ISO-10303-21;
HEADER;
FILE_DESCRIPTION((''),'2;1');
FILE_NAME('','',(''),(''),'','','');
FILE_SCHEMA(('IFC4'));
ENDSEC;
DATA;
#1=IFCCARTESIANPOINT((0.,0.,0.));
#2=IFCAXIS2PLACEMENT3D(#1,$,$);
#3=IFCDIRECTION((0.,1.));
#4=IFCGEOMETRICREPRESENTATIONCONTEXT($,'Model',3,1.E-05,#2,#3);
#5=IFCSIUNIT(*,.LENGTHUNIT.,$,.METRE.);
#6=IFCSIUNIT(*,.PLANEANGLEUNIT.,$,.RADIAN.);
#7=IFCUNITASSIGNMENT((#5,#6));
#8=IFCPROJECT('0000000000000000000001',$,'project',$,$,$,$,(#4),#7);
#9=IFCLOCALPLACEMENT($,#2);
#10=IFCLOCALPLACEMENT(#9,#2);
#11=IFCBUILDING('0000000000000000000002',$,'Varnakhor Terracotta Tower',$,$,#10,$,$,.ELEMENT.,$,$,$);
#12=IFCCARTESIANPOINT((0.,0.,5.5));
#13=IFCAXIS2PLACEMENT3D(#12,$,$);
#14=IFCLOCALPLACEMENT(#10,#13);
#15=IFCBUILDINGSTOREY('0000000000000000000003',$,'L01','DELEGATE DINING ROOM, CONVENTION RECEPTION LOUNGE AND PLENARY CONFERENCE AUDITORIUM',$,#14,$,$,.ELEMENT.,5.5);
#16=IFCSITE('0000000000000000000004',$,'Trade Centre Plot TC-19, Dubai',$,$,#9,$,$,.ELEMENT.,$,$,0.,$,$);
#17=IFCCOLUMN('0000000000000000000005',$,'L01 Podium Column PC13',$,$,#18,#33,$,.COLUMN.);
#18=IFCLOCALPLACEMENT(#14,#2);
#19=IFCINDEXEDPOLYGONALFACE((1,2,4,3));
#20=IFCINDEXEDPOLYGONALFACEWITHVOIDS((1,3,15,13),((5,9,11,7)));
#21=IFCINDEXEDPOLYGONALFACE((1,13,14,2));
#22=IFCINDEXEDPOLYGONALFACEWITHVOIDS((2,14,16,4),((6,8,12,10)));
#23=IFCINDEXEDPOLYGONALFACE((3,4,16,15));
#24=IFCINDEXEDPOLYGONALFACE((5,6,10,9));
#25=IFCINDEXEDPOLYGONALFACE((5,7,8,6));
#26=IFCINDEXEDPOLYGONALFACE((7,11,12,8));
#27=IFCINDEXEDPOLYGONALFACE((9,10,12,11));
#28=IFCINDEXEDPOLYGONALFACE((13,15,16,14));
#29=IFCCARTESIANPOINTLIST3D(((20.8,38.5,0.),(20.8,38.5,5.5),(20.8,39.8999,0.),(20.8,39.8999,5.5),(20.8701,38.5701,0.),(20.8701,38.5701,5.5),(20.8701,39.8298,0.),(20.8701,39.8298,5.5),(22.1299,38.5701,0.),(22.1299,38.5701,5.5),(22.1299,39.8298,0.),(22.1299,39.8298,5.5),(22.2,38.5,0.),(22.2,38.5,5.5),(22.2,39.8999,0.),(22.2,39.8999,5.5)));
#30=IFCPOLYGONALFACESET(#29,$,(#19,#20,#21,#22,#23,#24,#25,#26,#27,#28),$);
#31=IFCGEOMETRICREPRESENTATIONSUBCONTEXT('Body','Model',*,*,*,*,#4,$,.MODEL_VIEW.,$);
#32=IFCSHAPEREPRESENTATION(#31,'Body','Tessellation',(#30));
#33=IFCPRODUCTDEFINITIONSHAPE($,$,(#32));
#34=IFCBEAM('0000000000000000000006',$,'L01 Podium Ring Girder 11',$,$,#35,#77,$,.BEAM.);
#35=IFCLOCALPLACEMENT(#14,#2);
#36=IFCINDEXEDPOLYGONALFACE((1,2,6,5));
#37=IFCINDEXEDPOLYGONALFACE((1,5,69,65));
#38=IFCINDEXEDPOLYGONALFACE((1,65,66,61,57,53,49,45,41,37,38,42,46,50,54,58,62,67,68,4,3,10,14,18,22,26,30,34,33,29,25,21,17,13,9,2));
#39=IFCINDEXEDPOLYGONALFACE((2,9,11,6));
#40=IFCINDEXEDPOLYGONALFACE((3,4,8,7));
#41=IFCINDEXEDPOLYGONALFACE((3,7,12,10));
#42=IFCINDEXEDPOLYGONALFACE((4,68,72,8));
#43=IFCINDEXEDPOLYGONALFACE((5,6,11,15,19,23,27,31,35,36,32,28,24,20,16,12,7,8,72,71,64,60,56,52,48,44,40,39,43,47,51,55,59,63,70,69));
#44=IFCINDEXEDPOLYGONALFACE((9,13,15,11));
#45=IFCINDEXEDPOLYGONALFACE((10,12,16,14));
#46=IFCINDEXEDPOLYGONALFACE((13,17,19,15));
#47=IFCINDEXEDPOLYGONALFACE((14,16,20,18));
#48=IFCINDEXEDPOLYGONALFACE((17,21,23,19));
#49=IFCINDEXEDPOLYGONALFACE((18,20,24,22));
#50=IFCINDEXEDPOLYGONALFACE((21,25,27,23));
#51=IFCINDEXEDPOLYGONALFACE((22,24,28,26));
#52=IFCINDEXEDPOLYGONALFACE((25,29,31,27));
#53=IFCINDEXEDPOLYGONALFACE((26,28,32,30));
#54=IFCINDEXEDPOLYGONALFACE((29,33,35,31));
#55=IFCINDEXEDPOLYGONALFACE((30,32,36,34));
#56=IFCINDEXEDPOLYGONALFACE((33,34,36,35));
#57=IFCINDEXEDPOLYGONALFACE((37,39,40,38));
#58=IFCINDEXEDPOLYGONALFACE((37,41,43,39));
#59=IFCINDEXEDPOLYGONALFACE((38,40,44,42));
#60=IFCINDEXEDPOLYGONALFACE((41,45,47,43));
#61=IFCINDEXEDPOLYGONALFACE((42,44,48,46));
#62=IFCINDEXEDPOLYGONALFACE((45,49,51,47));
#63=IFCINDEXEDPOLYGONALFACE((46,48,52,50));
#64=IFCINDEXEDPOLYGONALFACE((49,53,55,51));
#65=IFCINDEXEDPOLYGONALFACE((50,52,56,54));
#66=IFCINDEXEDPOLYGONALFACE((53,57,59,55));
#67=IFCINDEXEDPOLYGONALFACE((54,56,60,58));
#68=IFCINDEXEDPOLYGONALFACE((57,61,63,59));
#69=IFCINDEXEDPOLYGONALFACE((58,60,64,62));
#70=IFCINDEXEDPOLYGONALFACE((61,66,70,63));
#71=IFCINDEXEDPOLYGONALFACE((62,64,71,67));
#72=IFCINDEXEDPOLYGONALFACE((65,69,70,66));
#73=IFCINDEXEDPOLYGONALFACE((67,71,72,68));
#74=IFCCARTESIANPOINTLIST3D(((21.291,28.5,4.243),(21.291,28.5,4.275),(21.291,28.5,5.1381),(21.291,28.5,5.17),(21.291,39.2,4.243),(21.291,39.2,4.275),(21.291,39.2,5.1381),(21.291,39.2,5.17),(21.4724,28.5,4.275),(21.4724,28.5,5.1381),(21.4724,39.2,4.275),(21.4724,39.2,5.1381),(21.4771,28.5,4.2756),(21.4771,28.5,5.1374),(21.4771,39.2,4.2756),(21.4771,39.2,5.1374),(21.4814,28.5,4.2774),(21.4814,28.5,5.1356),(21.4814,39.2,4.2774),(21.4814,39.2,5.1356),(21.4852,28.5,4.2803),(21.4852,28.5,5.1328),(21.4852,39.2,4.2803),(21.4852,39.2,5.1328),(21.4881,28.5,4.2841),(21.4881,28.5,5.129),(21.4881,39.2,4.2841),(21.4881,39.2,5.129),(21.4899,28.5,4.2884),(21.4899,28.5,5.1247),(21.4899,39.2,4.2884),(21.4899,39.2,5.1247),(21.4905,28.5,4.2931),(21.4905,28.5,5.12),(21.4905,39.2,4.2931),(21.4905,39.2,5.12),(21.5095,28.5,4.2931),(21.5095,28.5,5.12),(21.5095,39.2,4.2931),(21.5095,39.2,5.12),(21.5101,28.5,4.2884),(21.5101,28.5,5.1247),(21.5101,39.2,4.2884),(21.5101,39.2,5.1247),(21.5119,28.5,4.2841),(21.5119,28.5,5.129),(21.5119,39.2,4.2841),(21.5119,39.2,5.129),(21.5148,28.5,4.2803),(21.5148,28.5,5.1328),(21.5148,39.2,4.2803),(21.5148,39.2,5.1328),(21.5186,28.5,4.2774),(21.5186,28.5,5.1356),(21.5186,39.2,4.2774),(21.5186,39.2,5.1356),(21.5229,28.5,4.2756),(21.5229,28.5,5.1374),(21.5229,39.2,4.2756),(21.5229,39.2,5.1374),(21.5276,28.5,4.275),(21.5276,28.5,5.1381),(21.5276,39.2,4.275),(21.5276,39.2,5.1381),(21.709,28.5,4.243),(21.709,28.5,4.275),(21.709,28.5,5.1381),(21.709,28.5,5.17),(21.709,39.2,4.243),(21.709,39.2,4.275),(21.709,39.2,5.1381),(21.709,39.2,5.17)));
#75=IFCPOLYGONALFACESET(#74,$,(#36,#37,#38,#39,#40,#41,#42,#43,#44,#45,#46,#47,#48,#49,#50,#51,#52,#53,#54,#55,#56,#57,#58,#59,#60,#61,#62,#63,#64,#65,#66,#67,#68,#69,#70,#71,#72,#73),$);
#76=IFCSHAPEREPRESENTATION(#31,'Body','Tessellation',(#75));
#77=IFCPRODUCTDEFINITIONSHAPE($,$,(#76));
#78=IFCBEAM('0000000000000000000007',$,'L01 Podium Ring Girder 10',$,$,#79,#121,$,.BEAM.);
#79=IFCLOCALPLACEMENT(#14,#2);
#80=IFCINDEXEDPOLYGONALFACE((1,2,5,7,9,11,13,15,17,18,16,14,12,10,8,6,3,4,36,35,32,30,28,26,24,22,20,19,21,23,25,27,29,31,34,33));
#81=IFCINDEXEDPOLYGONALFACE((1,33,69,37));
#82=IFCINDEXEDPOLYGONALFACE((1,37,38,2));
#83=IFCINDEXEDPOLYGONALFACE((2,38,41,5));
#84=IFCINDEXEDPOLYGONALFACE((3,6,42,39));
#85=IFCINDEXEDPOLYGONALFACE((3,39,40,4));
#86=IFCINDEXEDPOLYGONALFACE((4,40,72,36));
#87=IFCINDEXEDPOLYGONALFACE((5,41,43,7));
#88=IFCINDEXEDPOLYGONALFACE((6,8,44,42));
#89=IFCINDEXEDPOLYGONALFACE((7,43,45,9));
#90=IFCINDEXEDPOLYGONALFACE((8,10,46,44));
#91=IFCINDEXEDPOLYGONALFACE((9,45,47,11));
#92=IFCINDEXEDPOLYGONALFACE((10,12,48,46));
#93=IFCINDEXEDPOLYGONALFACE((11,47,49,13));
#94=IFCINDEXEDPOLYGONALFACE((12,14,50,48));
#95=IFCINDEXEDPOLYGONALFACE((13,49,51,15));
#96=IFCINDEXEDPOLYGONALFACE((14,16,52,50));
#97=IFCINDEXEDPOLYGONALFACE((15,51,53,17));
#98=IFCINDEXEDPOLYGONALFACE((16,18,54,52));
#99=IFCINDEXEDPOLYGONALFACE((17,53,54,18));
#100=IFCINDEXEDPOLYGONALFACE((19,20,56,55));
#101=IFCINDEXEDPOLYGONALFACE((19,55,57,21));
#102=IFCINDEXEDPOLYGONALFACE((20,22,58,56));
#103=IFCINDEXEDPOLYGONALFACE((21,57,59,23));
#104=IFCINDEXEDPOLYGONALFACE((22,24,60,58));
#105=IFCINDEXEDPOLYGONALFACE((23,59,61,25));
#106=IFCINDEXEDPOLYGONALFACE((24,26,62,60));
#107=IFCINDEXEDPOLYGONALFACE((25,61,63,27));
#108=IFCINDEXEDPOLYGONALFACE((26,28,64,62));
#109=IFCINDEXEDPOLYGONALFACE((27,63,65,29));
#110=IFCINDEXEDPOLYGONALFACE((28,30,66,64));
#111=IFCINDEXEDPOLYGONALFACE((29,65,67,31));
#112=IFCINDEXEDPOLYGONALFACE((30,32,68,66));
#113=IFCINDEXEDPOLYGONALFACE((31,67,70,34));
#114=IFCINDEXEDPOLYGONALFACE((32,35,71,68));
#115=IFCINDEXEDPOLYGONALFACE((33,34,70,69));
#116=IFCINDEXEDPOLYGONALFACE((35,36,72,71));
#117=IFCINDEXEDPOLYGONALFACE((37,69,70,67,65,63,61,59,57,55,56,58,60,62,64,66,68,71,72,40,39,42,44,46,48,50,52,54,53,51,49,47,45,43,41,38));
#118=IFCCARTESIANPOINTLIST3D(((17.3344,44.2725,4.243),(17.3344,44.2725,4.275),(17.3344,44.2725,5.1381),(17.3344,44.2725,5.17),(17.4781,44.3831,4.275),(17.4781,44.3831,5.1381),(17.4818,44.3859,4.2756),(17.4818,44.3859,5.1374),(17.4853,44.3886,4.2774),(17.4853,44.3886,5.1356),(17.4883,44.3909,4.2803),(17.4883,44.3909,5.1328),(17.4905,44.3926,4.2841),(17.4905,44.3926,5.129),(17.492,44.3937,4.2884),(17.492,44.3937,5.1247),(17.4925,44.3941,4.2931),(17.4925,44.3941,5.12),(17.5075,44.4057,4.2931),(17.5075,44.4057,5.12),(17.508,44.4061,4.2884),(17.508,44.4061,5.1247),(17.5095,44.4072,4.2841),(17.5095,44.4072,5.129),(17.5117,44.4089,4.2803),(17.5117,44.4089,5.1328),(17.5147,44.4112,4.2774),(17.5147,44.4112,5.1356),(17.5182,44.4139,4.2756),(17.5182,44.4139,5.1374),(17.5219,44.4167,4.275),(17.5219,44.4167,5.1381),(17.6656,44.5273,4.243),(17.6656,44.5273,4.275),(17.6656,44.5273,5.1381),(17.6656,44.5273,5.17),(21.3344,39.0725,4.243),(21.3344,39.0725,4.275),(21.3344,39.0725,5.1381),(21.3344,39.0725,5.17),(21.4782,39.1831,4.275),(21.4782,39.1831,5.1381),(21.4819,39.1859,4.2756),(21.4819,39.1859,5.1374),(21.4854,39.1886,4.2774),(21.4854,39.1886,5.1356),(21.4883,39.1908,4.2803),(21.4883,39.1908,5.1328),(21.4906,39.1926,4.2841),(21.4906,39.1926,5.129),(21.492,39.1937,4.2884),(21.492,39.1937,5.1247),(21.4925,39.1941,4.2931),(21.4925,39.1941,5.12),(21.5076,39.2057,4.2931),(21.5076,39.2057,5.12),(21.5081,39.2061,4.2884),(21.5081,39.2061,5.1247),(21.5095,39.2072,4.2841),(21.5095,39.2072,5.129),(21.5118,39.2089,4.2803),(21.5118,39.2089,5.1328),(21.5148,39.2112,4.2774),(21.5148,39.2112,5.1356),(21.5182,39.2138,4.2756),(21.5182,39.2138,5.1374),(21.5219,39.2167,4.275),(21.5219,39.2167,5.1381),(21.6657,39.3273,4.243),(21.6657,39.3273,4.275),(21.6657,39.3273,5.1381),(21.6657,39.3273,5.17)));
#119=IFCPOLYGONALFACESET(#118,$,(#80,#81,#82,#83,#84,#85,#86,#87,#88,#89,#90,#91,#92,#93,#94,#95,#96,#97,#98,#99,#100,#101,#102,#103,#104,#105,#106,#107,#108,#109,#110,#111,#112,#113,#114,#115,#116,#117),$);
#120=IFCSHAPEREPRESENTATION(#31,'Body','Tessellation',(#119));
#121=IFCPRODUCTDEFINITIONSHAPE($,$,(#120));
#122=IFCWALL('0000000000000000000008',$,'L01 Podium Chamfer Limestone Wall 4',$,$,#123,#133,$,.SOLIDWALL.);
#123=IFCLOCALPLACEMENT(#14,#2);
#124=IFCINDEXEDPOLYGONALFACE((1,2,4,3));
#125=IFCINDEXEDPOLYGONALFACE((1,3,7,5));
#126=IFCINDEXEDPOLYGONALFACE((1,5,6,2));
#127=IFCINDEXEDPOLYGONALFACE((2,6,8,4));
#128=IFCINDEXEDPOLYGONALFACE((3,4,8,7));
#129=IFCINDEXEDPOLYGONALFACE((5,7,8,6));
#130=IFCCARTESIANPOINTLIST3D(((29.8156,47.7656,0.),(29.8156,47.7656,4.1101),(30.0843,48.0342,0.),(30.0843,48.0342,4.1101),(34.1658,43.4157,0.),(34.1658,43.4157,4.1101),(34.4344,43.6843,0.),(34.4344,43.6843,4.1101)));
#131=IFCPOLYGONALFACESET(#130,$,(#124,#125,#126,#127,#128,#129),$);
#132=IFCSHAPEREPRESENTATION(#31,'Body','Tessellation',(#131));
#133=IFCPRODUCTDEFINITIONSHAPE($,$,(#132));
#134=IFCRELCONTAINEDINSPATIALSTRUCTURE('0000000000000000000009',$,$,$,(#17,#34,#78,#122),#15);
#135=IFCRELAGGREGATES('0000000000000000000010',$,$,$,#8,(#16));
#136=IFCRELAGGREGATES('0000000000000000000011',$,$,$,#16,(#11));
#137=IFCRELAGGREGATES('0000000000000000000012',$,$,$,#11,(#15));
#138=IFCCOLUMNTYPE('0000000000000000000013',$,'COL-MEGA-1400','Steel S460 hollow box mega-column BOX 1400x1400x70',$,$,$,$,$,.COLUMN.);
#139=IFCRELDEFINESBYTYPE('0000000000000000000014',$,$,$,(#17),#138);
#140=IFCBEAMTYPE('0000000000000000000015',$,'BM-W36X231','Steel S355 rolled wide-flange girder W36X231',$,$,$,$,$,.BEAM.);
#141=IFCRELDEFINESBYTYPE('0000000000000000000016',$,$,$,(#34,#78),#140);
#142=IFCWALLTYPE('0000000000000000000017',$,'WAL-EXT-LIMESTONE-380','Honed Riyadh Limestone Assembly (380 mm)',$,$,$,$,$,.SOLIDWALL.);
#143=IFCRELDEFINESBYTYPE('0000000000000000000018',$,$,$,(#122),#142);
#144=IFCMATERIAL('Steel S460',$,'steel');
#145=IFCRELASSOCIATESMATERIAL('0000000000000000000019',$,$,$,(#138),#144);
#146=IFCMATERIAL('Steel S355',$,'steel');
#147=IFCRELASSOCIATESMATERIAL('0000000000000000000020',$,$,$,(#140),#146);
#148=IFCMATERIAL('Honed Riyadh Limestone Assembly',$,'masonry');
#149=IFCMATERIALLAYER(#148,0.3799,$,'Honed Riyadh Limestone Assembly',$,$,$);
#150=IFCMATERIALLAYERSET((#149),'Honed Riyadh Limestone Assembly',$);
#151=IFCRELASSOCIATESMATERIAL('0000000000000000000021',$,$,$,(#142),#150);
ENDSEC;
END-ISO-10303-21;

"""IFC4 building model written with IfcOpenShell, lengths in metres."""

from ifc_helpers import new_model, si_unit, direction, frame, frame_2d, origin, origin_2d, place, context, subcontext, project, spatial, rectangle, hollow_rectangle, i_section, extrude, source, transform, mapped, material, layer, layer_set, material_profile, profile_set, type_object, element, save


model = new_model("IFC4")

# Units and contexts
model_context = context("Model", 3, precision=1e-05, world=origin(), true_north=direction((0.0, 1.0)))
body_context = subcontext(model_context, "Body", "Model", "MODEL_VIEW")
ifc_project = project(units=[si_unit("LENGTHUNIT", "METRE"), si_unit("PLANEANGLEUNIT", "RADIAN")], contexts=[model_context])

# Site, building, storey
site_placement = place(None, origin())
site = spatial("IfcSite", under=ifc_project, at=site_placement, Name="Trade Centre Plot TC-19, Dubai", CompositionType="ELEMENT", RefElevation=0.0)
building_placement = place(site_placement, origin())
building = spatial("IfcBuilding", under=site, at=building_placement, Name="Varnakhor Terracotta Tower", CompositionType="ELEMENT")
storey_placement = place(building_placement, frame((0.0, 0.0, 5.5)))
storey = spatial("IfcBuildingStorey", under=building, at=storey_placement, Name="L01", Description="DELEGATE DINING ROOM, CONVENTION RECEPTION LOUNGE AND PLENARY CONFERENCE AUDITORIUM", CompositionType="ELEMENT", Elevation=5.5)

# Column
ifc_material_1 = material(Name="Steel S460", Category="steel")
ifc_material_profile_1 = material_profile(ifc_material_1, hollow_rectangle(XDim=1.3999, YDim=1.3999, WallThickness=0.0701, at=origin_2d()), Name="BOX 1400x1400x70")
ifc_profile_set_1 = profile_set([ifc_material_profile_1], Name="Steel S460")
column_type = type_object("IfcColumnType", Name="COL-MEGA-1400", Description="Steel S460 hollow box mega-column BOX 1400x1400x70", PredefinedType="COLUMN", material=ifc_profile_set_1)
shared_shape_1 = source(origin(), body_context, "Body", "SweptSolid", [
    extrude(hollow_rectangle(XDim=1.3999, YDim=1.3999, WallThickness=0.0701, at=origin_2d()), origin(), (0.0, 0.0, 1.0), 5.5),
])
column_placement = place(storey_placement, frame((21.5, 39.2, 0.0), z_axis=(0.0, 0.0, 1.0), x_axis=(1.0, 0.0, 0.0)))
element("IfcColumn", 1, at=column_placement, inside=storey, type_object=column_type, Name="L01 Podium Column PC13", PredefinedType="COLUMN", context=body_context, shape_type="MappedRepresentation", body=[
    mapped(shared_shape_1, transform((0.0, 0.0, 0.0), scale=1.0)),
])

# Beams
ifc_material_2 = material(Name="Steel S355", Category="steel")
ifc_material_profile_2 = material_profile(ifc_material_2, i_section(OverallWidth=0.418, OverallDepth=0.927, WebThickness=0.019, FlangeThickness=0.032, FilletRadius=0.0181, at=origin_2d()), Name="W36X231")
ifc_profile_set_2 = profile_set([ifc_material_profile_2], Name="Steel S355")
beam_type = type_object("IfcBeamType", Name="BM-W36X231", Description="Steel S355 rolled wide-flange girder W36X231", PredefinedType="BEAM", material=ifc_profile_set_2)
shared_shape_2 = source(origin(), body_context, "Body", "SweptSolid", [
    extrude(i_section(OverallWidth=0.418, OverallDepth=0.927, WebThickness=0.019, FlangeThickness=0.032, FilletRadius=0.0181, at=origin_2d()), origin(), (0.0, 0.0, 1.0), 10.7),
])
beam_1_placement = place(storey_placement, frame((21.5, 39.2, 4.7065), z_axis=(0.0, -1.0, 0.0), x_axis=(1.0, 0.0, 0.0)))
element("IfcBeam", 2, at=beam_1_placement, inside=storey, type_object=beam_type, Name="L01 Podium Ring Girder 11", PredefinedType="BEAM", context=body_context, shape_type="MappedRepresentation", body=[
    mapped(shared_shape_2, transform((0.0, 0.0, 0.0), scale=1.0)),
])
shared_shape_3 = source(origin(), body_context, "Body", "SweptSolid", [
    extrude(i_section(OverallWidth=0.418, OverallDepth=0.927, WebThickness=0.019, FlangeThickness=0.032, FilletRadius=0.0181, at=origin_2d()), origin(), (0.0, 0.0, 1.0), 6.5605),
])
beam_2_placement = place(storey_placement, frame((17.5, 44.3999, 4.7065), z_axis=(0.609714, -0.792621, 0.0), x_axis=(0.792621, 0.609714, 0.0)))
element("IfcBeam", 3, at=beam_2_placement, inside=storey, type_object=beam_type, Name="L01 Podium Ring Girder 10", PredefinedType="BEAM", context=body_context, shape_type="MappedRepresentation", body=[
    mapped(shared_shape_3, transform((0.0, 0.0, 0.0), scale=1.0)),
])

# Wall
ifc_material_3 = material(Name="Honed Riyadh Limestone Assembly", Category="masonry")
ifc_layer_1 = layer(ifc_material_3, 0.3799, Name="Honed Riyadh Limestone Assembly")
ifc_layer_set_1 = layer_set([ifc_layer_1], Name="Honed Riyadh Limestone Assembly")
wall_type_1 = type_object("IfcWallType", Name="WAL-EXT-LIMESTONE-380", Description="Honed Riyadh Limestone Assembly (380 mm)", PredefinedType="SOLIDWALL", material=ifc_layer_set_1)
wall_1_placement = place(storey_placement, frame((29.95, 47.8999, 0.0), z_axis=(0.0, 0.0, 1.0), x_axis=(0.707127, -0.707087, 0.0)))
element("IfcWall", 4, at=wall_1_placement, inside=storey, type_object=wall_type_1, Name="L01 Podium Chamfer Limestone Wall 4", PredefinedType="SOLIDWALL", context=body_context, shape_type="SweptSolid", body=[
    extrude(rectangle(XDim=6.1519, YDim=0.3799, at=frame_2d((3.0759, 0.0))), origin(), (0.0, 0.0, 1.0), 4.1101),
])

save(model, "model.ifc")
